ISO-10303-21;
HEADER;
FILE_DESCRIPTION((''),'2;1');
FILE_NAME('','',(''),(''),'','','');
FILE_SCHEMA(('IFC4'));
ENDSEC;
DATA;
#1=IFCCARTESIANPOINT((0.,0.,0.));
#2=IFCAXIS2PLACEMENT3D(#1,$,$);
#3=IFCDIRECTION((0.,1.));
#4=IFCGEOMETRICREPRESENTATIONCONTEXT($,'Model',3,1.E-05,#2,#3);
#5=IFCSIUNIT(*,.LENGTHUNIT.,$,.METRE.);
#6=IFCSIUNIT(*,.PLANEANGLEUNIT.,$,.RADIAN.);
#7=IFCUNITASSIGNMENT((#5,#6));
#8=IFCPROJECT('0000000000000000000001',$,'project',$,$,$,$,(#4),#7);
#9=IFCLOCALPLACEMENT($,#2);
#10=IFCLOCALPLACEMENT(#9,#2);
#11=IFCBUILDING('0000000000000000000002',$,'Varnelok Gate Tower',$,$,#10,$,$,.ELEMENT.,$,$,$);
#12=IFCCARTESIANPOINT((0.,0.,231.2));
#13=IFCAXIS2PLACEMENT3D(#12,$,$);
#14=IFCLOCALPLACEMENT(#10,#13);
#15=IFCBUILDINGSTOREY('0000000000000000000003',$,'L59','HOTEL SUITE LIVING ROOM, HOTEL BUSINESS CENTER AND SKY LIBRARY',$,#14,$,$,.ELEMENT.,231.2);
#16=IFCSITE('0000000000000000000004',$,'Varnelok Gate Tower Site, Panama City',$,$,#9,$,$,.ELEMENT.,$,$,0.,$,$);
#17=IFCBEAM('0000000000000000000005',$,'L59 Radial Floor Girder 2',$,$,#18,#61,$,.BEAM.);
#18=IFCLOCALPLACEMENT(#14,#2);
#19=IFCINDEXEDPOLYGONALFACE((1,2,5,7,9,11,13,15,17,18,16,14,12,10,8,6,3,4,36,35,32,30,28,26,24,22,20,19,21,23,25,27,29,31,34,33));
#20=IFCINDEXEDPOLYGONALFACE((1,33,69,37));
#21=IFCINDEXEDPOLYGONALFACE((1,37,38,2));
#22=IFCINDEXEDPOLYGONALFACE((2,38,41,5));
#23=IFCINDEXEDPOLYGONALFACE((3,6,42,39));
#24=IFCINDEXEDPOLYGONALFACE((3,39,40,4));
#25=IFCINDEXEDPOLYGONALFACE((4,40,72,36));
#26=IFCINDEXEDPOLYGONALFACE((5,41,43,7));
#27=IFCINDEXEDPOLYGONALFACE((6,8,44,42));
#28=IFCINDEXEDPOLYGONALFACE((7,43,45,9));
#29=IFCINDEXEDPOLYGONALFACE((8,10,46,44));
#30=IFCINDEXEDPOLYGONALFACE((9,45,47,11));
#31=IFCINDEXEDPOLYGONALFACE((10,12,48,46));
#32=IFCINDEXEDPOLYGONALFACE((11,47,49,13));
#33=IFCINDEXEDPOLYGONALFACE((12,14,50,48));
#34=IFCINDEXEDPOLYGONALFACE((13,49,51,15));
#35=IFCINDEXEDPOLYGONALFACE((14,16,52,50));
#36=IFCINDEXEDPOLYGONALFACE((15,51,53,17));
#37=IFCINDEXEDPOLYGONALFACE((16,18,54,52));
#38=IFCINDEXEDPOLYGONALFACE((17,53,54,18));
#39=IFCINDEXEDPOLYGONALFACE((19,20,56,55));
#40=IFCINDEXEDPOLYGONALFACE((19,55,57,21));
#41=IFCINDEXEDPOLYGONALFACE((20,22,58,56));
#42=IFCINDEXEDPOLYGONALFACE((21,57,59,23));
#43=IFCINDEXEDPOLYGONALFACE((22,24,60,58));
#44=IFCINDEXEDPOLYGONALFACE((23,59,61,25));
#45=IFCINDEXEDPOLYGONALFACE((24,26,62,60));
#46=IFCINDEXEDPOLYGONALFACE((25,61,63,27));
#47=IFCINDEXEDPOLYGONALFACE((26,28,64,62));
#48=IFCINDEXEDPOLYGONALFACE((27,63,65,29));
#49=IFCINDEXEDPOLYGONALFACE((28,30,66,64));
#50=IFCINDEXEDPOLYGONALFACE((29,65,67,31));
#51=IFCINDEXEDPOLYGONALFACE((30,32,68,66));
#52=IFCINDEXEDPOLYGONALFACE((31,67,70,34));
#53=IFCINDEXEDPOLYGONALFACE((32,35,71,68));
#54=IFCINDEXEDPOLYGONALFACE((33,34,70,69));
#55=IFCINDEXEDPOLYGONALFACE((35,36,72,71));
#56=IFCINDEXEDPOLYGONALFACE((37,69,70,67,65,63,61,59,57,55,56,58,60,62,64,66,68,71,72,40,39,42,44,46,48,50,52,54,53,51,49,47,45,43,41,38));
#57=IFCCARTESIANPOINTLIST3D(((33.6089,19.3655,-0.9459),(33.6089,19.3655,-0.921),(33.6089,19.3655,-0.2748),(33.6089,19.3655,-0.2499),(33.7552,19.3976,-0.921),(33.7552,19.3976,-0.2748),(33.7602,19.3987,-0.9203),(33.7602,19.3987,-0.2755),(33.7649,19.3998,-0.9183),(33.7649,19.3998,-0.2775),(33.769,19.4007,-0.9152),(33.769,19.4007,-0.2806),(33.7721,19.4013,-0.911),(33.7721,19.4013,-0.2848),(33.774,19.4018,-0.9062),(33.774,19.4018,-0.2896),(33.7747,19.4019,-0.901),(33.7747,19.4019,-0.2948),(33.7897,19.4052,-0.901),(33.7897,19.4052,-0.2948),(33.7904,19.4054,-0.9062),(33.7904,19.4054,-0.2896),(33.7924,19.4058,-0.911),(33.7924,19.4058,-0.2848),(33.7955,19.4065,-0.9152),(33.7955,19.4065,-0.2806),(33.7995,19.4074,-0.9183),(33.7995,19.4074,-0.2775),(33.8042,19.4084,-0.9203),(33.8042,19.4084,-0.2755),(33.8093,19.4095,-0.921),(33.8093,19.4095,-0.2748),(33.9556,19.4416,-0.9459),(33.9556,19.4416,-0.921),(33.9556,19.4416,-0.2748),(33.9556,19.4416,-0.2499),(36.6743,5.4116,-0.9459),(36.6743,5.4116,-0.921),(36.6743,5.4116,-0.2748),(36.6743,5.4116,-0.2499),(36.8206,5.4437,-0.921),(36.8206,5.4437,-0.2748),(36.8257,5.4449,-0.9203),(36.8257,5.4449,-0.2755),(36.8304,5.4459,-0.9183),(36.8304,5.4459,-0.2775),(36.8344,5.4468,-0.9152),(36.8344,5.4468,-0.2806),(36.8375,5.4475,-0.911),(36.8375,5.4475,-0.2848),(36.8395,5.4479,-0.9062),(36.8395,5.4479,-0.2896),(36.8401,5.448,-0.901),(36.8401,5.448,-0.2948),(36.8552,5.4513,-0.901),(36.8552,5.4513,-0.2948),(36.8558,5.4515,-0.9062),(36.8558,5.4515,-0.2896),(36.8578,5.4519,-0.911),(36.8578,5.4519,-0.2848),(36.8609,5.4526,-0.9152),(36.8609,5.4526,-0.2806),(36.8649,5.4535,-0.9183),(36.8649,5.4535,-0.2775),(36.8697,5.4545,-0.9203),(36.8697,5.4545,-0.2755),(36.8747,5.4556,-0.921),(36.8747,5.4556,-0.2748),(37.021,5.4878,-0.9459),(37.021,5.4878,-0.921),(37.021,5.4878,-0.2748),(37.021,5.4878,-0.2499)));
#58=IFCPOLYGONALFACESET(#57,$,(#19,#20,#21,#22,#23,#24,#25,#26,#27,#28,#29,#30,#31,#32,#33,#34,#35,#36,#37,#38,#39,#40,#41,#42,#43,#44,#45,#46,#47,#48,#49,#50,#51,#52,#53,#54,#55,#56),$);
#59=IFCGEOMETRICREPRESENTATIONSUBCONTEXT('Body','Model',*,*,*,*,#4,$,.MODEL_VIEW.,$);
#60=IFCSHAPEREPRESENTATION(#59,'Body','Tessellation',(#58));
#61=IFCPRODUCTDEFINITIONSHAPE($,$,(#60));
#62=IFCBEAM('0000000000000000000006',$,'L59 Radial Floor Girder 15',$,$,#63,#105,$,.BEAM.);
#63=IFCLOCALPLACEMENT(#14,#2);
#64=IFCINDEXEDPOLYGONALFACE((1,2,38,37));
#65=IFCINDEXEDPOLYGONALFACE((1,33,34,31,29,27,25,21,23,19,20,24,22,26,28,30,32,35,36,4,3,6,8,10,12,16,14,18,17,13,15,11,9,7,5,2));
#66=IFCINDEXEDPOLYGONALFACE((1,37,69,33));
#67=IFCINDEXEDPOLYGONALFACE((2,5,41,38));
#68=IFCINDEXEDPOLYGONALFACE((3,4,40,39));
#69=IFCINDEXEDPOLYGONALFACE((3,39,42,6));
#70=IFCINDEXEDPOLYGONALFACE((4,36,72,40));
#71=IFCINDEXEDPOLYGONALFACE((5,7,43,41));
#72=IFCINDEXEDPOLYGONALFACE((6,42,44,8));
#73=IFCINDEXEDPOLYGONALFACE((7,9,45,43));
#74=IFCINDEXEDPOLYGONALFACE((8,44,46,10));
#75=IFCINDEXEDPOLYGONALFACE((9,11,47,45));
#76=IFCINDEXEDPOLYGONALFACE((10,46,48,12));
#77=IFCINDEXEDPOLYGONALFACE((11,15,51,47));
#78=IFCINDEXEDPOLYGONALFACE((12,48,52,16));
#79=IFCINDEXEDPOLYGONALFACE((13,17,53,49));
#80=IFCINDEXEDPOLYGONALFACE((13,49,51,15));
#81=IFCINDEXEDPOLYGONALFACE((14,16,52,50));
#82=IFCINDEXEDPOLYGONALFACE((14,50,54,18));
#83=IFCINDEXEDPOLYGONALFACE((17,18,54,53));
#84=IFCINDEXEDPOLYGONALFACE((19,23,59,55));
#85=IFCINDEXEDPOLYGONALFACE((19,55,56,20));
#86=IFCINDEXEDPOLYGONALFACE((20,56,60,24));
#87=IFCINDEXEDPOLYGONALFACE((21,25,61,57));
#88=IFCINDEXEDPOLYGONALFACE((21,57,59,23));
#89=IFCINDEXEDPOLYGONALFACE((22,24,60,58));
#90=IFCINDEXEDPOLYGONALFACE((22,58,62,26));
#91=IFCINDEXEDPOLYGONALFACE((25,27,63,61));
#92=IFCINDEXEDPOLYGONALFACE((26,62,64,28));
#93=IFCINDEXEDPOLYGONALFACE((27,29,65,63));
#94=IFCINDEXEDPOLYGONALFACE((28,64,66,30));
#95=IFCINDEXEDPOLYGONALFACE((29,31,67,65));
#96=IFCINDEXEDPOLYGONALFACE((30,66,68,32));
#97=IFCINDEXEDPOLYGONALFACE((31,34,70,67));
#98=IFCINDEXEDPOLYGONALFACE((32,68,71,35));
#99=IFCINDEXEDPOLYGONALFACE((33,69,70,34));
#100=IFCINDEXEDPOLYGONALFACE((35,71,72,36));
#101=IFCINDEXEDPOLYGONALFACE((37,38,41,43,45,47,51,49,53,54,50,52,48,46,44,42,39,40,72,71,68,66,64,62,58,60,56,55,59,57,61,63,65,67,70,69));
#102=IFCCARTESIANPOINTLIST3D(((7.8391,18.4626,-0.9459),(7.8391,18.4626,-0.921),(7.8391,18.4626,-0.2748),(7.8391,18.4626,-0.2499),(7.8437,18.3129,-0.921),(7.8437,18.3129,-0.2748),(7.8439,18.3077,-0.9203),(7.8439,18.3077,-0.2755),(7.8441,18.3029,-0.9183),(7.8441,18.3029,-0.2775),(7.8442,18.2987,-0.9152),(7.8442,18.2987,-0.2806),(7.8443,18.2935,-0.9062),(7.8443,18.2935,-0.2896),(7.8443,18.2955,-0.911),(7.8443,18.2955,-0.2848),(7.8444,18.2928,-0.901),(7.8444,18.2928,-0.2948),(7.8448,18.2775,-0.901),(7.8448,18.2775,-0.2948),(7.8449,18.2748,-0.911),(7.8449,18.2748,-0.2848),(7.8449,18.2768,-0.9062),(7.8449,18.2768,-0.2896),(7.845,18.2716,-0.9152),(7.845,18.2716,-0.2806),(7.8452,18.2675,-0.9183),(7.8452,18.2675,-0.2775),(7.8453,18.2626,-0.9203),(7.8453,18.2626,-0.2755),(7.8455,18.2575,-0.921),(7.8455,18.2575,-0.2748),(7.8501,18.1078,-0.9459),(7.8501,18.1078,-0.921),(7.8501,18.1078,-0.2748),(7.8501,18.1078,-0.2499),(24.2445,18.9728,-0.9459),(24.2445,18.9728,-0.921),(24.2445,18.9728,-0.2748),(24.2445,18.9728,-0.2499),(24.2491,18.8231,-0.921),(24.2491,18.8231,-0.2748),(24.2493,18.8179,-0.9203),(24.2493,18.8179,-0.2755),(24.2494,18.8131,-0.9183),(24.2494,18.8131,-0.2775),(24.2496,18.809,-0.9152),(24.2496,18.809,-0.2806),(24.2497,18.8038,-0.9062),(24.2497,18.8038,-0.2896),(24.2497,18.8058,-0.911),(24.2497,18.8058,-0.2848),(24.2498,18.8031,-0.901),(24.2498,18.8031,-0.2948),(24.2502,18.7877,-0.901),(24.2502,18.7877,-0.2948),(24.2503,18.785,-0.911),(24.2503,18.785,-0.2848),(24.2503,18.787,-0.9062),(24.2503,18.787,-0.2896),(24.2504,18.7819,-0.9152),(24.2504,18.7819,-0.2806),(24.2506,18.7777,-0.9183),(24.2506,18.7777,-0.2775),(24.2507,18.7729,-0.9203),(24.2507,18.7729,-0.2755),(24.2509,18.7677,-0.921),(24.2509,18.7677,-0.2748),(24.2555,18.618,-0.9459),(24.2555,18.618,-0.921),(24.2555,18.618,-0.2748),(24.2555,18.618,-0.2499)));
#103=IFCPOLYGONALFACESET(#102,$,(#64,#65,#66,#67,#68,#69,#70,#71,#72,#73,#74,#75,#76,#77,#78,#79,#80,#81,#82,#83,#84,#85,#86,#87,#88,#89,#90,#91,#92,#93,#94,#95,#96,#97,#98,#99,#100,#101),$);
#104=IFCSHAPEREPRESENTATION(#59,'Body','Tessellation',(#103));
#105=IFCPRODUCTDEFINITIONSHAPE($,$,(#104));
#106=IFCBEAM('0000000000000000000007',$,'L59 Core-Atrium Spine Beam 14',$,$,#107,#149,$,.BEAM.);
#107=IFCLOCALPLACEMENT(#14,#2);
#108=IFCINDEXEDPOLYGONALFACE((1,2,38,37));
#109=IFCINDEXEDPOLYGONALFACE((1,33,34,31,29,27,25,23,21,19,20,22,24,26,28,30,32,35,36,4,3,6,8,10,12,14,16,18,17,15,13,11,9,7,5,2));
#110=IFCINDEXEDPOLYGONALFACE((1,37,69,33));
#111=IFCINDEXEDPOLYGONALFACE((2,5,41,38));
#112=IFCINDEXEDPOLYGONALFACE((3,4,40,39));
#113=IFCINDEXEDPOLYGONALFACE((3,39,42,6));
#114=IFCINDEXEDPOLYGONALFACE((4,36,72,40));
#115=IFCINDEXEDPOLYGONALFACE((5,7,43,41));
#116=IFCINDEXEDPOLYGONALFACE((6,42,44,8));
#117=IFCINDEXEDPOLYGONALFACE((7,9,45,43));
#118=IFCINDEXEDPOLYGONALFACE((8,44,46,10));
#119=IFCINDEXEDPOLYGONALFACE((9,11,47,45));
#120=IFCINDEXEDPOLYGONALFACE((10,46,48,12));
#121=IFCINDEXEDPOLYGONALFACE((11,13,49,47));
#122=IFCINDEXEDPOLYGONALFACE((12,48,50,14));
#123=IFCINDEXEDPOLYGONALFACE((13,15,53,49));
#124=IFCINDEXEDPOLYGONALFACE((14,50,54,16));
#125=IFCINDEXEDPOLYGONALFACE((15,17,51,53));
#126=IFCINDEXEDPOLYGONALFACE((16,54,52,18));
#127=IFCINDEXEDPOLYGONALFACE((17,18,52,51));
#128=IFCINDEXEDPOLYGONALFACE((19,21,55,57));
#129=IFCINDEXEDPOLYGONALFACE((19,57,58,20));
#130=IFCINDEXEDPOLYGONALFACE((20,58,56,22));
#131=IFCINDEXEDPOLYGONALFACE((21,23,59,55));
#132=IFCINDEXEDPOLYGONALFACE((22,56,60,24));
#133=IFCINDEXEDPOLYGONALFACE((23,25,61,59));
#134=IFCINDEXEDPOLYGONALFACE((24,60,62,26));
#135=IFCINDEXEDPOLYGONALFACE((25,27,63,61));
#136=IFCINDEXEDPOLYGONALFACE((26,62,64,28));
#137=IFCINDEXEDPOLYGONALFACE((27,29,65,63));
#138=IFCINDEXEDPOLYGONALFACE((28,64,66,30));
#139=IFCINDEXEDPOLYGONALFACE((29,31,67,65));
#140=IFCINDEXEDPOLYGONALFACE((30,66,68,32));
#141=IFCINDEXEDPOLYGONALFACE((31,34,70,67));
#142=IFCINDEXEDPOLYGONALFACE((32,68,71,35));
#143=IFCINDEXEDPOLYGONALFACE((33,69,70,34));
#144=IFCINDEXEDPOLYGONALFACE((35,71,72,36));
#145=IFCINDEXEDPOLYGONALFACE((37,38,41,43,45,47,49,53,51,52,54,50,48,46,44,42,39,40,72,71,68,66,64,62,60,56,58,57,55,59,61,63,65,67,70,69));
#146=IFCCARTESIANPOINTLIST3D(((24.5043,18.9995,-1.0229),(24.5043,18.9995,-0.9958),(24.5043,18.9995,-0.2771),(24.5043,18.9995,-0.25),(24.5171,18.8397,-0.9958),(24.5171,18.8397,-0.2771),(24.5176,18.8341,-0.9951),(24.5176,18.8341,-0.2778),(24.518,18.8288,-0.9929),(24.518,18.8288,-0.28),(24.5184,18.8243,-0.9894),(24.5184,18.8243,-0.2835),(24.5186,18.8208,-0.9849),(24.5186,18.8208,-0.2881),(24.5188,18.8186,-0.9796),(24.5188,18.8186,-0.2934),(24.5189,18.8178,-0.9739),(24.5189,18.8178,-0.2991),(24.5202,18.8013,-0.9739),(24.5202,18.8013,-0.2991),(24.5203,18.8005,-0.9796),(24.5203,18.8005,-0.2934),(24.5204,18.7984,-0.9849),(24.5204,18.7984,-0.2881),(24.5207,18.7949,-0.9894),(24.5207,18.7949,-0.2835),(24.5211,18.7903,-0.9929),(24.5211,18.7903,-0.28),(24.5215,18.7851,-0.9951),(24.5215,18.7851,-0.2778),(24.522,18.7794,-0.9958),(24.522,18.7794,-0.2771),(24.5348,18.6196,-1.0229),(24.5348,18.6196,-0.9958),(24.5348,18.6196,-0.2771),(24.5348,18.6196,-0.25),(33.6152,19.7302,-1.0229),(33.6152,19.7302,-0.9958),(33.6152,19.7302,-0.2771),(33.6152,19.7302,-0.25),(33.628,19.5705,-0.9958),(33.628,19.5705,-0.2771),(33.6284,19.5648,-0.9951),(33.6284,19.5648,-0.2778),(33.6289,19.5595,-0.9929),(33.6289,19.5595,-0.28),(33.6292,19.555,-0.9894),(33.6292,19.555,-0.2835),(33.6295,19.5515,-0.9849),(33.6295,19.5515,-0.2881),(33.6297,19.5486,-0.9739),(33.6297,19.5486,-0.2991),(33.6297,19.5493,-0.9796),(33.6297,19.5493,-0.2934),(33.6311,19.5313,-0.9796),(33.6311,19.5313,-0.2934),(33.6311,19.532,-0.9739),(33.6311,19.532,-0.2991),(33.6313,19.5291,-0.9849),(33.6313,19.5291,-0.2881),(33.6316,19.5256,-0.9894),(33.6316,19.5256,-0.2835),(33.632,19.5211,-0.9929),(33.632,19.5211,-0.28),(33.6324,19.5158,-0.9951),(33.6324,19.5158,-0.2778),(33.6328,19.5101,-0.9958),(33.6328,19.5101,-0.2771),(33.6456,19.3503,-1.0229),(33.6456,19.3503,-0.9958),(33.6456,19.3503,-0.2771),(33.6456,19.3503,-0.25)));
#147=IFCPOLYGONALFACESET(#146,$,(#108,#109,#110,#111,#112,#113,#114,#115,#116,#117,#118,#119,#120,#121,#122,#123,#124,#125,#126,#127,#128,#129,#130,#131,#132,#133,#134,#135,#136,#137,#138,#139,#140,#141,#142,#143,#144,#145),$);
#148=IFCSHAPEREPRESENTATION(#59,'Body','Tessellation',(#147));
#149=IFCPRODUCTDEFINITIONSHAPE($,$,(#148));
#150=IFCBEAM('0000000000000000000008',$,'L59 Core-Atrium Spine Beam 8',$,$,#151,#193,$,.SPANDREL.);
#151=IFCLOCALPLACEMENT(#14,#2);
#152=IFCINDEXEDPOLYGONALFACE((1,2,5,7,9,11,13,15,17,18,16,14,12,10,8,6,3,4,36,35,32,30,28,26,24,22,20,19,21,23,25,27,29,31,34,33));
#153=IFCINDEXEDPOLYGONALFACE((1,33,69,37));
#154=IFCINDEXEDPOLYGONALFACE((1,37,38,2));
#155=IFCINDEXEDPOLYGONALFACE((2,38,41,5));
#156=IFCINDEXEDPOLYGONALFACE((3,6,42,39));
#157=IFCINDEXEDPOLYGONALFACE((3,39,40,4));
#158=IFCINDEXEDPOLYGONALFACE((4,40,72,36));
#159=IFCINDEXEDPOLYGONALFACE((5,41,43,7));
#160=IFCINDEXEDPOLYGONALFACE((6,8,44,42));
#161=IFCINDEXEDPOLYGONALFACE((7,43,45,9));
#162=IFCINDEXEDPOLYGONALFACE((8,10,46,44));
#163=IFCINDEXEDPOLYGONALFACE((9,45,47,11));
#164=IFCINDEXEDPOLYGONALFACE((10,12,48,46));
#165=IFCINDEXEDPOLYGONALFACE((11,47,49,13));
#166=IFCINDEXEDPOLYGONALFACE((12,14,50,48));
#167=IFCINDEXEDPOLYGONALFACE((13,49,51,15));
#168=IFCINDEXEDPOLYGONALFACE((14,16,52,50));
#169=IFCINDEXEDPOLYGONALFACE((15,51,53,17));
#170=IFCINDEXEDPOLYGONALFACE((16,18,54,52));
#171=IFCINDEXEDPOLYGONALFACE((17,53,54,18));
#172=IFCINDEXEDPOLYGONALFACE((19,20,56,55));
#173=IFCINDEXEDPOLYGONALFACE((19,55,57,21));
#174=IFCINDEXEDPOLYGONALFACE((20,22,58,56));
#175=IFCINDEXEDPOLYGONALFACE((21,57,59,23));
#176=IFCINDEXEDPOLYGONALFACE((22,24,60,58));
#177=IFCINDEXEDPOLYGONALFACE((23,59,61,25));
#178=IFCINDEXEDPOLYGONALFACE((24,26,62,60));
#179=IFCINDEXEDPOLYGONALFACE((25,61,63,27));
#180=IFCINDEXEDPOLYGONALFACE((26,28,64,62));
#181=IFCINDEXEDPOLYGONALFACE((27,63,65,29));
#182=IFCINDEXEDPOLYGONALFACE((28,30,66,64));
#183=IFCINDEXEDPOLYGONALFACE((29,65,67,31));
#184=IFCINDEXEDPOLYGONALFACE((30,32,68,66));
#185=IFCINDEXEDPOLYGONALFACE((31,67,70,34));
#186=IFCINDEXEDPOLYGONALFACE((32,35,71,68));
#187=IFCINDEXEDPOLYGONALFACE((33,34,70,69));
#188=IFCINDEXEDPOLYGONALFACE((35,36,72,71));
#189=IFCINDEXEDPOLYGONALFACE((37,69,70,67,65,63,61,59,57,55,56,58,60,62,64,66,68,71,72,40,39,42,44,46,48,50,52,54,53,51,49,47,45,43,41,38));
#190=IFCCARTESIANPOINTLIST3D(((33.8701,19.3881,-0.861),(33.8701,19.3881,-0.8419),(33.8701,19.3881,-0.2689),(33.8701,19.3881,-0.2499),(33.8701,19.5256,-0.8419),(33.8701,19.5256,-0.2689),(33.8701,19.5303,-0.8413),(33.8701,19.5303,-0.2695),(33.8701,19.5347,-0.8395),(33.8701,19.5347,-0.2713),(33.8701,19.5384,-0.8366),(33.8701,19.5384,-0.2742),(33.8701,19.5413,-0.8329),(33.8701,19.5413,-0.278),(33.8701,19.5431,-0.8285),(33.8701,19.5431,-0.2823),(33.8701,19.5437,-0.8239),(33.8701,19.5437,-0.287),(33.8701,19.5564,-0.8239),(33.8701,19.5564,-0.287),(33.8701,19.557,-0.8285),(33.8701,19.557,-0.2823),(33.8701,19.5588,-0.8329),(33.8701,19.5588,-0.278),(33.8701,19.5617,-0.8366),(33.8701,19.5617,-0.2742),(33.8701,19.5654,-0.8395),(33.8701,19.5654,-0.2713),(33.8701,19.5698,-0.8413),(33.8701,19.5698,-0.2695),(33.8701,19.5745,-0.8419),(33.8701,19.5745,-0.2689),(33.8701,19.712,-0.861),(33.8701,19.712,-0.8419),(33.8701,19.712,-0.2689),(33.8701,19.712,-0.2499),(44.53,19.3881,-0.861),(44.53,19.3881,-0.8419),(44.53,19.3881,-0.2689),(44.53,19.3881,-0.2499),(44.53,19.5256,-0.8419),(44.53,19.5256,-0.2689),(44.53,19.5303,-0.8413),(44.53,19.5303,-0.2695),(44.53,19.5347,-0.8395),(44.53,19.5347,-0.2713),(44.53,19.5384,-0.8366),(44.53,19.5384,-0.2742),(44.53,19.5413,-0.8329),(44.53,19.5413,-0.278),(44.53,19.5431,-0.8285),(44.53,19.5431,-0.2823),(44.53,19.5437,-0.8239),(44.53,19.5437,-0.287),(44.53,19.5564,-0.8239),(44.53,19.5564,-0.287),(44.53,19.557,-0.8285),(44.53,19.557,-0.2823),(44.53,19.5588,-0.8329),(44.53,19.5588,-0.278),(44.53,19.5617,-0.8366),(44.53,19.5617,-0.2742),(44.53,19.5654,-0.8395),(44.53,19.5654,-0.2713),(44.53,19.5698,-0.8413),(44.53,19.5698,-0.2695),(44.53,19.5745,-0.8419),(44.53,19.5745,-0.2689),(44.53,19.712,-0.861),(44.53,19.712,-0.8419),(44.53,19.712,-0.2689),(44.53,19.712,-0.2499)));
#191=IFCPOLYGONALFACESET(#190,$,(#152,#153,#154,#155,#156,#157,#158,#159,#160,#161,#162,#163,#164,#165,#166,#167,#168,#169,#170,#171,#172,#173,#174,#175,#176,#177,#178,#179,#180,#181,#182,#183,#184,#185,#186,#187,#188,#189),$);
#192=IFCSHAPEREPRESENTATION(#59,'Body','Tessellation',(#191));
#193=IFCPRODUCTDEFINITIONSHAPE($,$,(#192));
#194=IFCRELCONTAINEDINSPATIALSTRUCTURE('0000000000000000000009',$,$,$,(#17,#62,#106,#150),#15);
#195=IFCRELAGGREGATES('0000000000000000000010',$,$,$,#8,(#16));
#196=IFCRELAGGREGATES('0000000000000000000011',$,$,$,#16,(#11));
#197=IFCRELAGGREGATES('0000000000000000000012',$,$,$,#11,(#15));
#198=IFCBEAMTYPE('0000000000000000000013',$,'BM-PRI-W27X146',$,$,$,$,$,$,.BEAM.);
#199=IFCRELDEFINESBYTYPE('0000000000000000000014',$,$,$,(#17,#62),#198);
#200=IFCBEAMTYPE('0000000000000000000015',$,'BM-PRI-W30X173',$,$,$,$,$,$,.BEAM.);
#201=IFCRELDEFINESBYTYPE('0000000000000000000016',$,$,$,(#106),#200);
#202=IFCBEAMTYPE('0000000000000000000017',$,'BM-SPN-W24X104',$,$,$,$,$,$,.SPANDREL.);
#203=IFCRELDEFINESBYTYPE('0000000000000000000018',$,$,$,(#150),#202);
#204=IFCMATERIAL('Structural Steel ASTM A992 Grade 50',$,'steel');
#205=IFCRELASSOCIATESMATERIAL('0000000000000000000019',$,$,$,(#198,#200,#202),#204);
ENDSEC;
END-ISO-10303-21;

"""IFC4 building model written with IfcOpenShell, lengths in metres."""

from ifc_helpers import new_model, si_unit, direction, frame, origin, origin_2d, place, context, subcontext, project, spatial, i_section, extrude, material, material_profile, profile_set, type_object, element, save


model = new_model("IFC4")

# Units and contexts
model_context = context("Model", 3, precision=1e-05, world=origin(), true_north=direction((0.0, 1.0)))
body_context = subcontext(model_context, "Body", "Model", "MODEL_VIEW")
ifc_project = project(units=[si_unit("LENGTHUNIT", "METRE"), si_unit("PLANEANGLEUNIT", "RADIAN")], contexts=[model_context])

# Site, building, storey
site_placement = place(None, origin())
site = spatial("IfcSite", under=ifc_project, at=site_placement, Name="Varnelok Gate Tower Site, Panama City", CompositionType="ELEMENT", RefElevation=0.0)
building_placement = place(site_placement, origin())
building = spatial("IfcBuilding", under=site, at=building_placement, Name="Varnelok Gate Tower", CompositionType="ELEMENT")
storey_placement = place(building_placement, frame((0.0, 0.0, 231.2)))
storey = spatial("IfcBuildingStorey", under=building, at=storey_placement, Name="L59", Description="HOTEL SUITE LIVING ROOM, HOTEL BUSINESS CENTER AND SKY LIBRARY", CompositionType="ELEMENT", Elevation=231.2)

# Shared definitions
ifc_material_1 = material(Name="Structural Steel ASTM A992 Grade 50", Category="steel")

# Beams
ifc_material_profile_1 = material_profile(ifc_material_1, i_section(OverallWidth=0.355, OverallDepth=0.696, WebThickness=0.0154, FlangeThickness=0.0249, FilletRadius=0.02, at=origin_2d()), Name="W27X146")
ifc_profile_set_1 = profile_set([ifc_material_profile_1], Name="Structural Steel ASTM A992 Grade 50")
beam_type_1 = type_object("IfcBeamType", Name="BM-PRI-W27X146", PredefinedType="BEAM", material=ifc_profile_set_1)
beam_1_placement = place(storey_placement, frame((33.7822, 19.4036, -0.5979), z_axis=(0.214567, -0.976709, 0.0), x_axis=(0.976709, 0.214567, 0.0)))
element("IfcBeam", 1, at=beam_1_placement, inside=storey, type_object=beam_type_1, Name="L59 Radial Floor Girder 2", PredefinedType="BEAM", context=body_context, shape_type="SweptSolid", body=[
    extrude(i_section(OverallWidth=0.355, OverallDepth=0.696, WebThickness=0.0154, FlangeThickness=0.0249, FilletRadius=0.02, at=origin_2d()), origin(), (0.0, 0.0, 1.0), 14.2866),
])
beam_2_placement = place(storey_placement, frame((24.25, 18.7954, -0.5979), z_axis=(-0.999517, -0.031088, 0.0), x_axis=(0.031088, -0.999517, 0.0)))
element("IfcBeam", 2, at=beam_2_placement, inside=storey, type_object=beam_type_1, Name="L59 Radial Floor Girder 15", PredefinedType="BEAM", context=body_context, shape_type="SweptSolid", body=[
    extrude(i_section(OverallWidth=0.355, OverallDepth=0.696, WebThickness=0.0154, FlangeThickness=0.0249, FilletRadius=0.02, at=origin_2d()), origin(), (0.0, 0.0, 1.0), 16.4133),
])
ifc_material_profile_2 = material_profile(ifc_material_1, i_section(OverallWidth=0.3811, OverallDepth=0.7729, WebThickness=0.0166, FlangeThickness=0.0271, FilletRadius=0.022, at=origin_2d()), Name="W30X173")
ifc_profile_set_2 = profile_set([ifc_material_profile_2], Name="Structural Steel ASTM A992 Grade 50")
beam_type_2 = type_object("IfcBeamType", Name="BM-PRI-W30X173", PredefinedType="BEAM", material=ifc_profile_set_2)
beam_3_placement = place(storey_placement, frame((24.5195, 18.8096, -0.6365), z_axis=(0.996799, 0.079946, 0.0), x_axis=(-0.079946, 0.996799, 0.0)))
element("IfcBeam", 3, at=beam_3_placement, inside=storey, type_object=beam_type_2, Name="L59 Core-Atrium Spine Beam 14", PredefinedType="BEAM", context=body_context, shape_type="SweptSolid", body=[
    extrude(i_section(OverallWidth=0.3811, OverallDepth=0.7729, WebThickness=0.0166, FlangeThickness=0.0271, FilletRadius=0.022, at=origin_2d()), origin(), (0.0, 0.0, 1.0), 9.1401),
])
ifc_material_profile_3 = material_profile(ifc_material_1, i_section(OverallWidth=0.324, OverallDepth=0.6111, WebThickness=0.0127, FlangeThickness=0.019, FilletRadius=0.0181, at=origin_2d()), Name="W24X104")
ifc_profile_set_3 = profile_set([ifc_material_profile_3], Name="Structural Steel ASTM A992 Grade 50")
beam_type_3 = type_object("IfcBeamType", Name="BM-SPN-W24X104", PredefinedType="SPANDREL", material=ifc_profile_set_3)
beam_4_placement = place(storey_placement, frame((33.8701, 19.55, -0.5554), z_axis=(1.0, 0.0, 0.0), x_axis=(0.0, 1.0, 0.0)))
element("IfcBeam", 4, at=beam_4_placement, inside=storey, type_object=beam_type_3, Name="L59 Core-Atrium Spine Beam 8", PredefinedType="SPANDREL", context=body_context, shape_type="SweptSolid", body=[
    extrude(i_section(OverallWidth=0.324, OverallDepth=0.6111, WebThickness=0.0127, FlangeThickness=0.019, FilletRadius=0.0181, at=origin_2d()), origin(), (0.0, 0.0, 1.0), 10.6599),
])

save(model, "model.ifc")
